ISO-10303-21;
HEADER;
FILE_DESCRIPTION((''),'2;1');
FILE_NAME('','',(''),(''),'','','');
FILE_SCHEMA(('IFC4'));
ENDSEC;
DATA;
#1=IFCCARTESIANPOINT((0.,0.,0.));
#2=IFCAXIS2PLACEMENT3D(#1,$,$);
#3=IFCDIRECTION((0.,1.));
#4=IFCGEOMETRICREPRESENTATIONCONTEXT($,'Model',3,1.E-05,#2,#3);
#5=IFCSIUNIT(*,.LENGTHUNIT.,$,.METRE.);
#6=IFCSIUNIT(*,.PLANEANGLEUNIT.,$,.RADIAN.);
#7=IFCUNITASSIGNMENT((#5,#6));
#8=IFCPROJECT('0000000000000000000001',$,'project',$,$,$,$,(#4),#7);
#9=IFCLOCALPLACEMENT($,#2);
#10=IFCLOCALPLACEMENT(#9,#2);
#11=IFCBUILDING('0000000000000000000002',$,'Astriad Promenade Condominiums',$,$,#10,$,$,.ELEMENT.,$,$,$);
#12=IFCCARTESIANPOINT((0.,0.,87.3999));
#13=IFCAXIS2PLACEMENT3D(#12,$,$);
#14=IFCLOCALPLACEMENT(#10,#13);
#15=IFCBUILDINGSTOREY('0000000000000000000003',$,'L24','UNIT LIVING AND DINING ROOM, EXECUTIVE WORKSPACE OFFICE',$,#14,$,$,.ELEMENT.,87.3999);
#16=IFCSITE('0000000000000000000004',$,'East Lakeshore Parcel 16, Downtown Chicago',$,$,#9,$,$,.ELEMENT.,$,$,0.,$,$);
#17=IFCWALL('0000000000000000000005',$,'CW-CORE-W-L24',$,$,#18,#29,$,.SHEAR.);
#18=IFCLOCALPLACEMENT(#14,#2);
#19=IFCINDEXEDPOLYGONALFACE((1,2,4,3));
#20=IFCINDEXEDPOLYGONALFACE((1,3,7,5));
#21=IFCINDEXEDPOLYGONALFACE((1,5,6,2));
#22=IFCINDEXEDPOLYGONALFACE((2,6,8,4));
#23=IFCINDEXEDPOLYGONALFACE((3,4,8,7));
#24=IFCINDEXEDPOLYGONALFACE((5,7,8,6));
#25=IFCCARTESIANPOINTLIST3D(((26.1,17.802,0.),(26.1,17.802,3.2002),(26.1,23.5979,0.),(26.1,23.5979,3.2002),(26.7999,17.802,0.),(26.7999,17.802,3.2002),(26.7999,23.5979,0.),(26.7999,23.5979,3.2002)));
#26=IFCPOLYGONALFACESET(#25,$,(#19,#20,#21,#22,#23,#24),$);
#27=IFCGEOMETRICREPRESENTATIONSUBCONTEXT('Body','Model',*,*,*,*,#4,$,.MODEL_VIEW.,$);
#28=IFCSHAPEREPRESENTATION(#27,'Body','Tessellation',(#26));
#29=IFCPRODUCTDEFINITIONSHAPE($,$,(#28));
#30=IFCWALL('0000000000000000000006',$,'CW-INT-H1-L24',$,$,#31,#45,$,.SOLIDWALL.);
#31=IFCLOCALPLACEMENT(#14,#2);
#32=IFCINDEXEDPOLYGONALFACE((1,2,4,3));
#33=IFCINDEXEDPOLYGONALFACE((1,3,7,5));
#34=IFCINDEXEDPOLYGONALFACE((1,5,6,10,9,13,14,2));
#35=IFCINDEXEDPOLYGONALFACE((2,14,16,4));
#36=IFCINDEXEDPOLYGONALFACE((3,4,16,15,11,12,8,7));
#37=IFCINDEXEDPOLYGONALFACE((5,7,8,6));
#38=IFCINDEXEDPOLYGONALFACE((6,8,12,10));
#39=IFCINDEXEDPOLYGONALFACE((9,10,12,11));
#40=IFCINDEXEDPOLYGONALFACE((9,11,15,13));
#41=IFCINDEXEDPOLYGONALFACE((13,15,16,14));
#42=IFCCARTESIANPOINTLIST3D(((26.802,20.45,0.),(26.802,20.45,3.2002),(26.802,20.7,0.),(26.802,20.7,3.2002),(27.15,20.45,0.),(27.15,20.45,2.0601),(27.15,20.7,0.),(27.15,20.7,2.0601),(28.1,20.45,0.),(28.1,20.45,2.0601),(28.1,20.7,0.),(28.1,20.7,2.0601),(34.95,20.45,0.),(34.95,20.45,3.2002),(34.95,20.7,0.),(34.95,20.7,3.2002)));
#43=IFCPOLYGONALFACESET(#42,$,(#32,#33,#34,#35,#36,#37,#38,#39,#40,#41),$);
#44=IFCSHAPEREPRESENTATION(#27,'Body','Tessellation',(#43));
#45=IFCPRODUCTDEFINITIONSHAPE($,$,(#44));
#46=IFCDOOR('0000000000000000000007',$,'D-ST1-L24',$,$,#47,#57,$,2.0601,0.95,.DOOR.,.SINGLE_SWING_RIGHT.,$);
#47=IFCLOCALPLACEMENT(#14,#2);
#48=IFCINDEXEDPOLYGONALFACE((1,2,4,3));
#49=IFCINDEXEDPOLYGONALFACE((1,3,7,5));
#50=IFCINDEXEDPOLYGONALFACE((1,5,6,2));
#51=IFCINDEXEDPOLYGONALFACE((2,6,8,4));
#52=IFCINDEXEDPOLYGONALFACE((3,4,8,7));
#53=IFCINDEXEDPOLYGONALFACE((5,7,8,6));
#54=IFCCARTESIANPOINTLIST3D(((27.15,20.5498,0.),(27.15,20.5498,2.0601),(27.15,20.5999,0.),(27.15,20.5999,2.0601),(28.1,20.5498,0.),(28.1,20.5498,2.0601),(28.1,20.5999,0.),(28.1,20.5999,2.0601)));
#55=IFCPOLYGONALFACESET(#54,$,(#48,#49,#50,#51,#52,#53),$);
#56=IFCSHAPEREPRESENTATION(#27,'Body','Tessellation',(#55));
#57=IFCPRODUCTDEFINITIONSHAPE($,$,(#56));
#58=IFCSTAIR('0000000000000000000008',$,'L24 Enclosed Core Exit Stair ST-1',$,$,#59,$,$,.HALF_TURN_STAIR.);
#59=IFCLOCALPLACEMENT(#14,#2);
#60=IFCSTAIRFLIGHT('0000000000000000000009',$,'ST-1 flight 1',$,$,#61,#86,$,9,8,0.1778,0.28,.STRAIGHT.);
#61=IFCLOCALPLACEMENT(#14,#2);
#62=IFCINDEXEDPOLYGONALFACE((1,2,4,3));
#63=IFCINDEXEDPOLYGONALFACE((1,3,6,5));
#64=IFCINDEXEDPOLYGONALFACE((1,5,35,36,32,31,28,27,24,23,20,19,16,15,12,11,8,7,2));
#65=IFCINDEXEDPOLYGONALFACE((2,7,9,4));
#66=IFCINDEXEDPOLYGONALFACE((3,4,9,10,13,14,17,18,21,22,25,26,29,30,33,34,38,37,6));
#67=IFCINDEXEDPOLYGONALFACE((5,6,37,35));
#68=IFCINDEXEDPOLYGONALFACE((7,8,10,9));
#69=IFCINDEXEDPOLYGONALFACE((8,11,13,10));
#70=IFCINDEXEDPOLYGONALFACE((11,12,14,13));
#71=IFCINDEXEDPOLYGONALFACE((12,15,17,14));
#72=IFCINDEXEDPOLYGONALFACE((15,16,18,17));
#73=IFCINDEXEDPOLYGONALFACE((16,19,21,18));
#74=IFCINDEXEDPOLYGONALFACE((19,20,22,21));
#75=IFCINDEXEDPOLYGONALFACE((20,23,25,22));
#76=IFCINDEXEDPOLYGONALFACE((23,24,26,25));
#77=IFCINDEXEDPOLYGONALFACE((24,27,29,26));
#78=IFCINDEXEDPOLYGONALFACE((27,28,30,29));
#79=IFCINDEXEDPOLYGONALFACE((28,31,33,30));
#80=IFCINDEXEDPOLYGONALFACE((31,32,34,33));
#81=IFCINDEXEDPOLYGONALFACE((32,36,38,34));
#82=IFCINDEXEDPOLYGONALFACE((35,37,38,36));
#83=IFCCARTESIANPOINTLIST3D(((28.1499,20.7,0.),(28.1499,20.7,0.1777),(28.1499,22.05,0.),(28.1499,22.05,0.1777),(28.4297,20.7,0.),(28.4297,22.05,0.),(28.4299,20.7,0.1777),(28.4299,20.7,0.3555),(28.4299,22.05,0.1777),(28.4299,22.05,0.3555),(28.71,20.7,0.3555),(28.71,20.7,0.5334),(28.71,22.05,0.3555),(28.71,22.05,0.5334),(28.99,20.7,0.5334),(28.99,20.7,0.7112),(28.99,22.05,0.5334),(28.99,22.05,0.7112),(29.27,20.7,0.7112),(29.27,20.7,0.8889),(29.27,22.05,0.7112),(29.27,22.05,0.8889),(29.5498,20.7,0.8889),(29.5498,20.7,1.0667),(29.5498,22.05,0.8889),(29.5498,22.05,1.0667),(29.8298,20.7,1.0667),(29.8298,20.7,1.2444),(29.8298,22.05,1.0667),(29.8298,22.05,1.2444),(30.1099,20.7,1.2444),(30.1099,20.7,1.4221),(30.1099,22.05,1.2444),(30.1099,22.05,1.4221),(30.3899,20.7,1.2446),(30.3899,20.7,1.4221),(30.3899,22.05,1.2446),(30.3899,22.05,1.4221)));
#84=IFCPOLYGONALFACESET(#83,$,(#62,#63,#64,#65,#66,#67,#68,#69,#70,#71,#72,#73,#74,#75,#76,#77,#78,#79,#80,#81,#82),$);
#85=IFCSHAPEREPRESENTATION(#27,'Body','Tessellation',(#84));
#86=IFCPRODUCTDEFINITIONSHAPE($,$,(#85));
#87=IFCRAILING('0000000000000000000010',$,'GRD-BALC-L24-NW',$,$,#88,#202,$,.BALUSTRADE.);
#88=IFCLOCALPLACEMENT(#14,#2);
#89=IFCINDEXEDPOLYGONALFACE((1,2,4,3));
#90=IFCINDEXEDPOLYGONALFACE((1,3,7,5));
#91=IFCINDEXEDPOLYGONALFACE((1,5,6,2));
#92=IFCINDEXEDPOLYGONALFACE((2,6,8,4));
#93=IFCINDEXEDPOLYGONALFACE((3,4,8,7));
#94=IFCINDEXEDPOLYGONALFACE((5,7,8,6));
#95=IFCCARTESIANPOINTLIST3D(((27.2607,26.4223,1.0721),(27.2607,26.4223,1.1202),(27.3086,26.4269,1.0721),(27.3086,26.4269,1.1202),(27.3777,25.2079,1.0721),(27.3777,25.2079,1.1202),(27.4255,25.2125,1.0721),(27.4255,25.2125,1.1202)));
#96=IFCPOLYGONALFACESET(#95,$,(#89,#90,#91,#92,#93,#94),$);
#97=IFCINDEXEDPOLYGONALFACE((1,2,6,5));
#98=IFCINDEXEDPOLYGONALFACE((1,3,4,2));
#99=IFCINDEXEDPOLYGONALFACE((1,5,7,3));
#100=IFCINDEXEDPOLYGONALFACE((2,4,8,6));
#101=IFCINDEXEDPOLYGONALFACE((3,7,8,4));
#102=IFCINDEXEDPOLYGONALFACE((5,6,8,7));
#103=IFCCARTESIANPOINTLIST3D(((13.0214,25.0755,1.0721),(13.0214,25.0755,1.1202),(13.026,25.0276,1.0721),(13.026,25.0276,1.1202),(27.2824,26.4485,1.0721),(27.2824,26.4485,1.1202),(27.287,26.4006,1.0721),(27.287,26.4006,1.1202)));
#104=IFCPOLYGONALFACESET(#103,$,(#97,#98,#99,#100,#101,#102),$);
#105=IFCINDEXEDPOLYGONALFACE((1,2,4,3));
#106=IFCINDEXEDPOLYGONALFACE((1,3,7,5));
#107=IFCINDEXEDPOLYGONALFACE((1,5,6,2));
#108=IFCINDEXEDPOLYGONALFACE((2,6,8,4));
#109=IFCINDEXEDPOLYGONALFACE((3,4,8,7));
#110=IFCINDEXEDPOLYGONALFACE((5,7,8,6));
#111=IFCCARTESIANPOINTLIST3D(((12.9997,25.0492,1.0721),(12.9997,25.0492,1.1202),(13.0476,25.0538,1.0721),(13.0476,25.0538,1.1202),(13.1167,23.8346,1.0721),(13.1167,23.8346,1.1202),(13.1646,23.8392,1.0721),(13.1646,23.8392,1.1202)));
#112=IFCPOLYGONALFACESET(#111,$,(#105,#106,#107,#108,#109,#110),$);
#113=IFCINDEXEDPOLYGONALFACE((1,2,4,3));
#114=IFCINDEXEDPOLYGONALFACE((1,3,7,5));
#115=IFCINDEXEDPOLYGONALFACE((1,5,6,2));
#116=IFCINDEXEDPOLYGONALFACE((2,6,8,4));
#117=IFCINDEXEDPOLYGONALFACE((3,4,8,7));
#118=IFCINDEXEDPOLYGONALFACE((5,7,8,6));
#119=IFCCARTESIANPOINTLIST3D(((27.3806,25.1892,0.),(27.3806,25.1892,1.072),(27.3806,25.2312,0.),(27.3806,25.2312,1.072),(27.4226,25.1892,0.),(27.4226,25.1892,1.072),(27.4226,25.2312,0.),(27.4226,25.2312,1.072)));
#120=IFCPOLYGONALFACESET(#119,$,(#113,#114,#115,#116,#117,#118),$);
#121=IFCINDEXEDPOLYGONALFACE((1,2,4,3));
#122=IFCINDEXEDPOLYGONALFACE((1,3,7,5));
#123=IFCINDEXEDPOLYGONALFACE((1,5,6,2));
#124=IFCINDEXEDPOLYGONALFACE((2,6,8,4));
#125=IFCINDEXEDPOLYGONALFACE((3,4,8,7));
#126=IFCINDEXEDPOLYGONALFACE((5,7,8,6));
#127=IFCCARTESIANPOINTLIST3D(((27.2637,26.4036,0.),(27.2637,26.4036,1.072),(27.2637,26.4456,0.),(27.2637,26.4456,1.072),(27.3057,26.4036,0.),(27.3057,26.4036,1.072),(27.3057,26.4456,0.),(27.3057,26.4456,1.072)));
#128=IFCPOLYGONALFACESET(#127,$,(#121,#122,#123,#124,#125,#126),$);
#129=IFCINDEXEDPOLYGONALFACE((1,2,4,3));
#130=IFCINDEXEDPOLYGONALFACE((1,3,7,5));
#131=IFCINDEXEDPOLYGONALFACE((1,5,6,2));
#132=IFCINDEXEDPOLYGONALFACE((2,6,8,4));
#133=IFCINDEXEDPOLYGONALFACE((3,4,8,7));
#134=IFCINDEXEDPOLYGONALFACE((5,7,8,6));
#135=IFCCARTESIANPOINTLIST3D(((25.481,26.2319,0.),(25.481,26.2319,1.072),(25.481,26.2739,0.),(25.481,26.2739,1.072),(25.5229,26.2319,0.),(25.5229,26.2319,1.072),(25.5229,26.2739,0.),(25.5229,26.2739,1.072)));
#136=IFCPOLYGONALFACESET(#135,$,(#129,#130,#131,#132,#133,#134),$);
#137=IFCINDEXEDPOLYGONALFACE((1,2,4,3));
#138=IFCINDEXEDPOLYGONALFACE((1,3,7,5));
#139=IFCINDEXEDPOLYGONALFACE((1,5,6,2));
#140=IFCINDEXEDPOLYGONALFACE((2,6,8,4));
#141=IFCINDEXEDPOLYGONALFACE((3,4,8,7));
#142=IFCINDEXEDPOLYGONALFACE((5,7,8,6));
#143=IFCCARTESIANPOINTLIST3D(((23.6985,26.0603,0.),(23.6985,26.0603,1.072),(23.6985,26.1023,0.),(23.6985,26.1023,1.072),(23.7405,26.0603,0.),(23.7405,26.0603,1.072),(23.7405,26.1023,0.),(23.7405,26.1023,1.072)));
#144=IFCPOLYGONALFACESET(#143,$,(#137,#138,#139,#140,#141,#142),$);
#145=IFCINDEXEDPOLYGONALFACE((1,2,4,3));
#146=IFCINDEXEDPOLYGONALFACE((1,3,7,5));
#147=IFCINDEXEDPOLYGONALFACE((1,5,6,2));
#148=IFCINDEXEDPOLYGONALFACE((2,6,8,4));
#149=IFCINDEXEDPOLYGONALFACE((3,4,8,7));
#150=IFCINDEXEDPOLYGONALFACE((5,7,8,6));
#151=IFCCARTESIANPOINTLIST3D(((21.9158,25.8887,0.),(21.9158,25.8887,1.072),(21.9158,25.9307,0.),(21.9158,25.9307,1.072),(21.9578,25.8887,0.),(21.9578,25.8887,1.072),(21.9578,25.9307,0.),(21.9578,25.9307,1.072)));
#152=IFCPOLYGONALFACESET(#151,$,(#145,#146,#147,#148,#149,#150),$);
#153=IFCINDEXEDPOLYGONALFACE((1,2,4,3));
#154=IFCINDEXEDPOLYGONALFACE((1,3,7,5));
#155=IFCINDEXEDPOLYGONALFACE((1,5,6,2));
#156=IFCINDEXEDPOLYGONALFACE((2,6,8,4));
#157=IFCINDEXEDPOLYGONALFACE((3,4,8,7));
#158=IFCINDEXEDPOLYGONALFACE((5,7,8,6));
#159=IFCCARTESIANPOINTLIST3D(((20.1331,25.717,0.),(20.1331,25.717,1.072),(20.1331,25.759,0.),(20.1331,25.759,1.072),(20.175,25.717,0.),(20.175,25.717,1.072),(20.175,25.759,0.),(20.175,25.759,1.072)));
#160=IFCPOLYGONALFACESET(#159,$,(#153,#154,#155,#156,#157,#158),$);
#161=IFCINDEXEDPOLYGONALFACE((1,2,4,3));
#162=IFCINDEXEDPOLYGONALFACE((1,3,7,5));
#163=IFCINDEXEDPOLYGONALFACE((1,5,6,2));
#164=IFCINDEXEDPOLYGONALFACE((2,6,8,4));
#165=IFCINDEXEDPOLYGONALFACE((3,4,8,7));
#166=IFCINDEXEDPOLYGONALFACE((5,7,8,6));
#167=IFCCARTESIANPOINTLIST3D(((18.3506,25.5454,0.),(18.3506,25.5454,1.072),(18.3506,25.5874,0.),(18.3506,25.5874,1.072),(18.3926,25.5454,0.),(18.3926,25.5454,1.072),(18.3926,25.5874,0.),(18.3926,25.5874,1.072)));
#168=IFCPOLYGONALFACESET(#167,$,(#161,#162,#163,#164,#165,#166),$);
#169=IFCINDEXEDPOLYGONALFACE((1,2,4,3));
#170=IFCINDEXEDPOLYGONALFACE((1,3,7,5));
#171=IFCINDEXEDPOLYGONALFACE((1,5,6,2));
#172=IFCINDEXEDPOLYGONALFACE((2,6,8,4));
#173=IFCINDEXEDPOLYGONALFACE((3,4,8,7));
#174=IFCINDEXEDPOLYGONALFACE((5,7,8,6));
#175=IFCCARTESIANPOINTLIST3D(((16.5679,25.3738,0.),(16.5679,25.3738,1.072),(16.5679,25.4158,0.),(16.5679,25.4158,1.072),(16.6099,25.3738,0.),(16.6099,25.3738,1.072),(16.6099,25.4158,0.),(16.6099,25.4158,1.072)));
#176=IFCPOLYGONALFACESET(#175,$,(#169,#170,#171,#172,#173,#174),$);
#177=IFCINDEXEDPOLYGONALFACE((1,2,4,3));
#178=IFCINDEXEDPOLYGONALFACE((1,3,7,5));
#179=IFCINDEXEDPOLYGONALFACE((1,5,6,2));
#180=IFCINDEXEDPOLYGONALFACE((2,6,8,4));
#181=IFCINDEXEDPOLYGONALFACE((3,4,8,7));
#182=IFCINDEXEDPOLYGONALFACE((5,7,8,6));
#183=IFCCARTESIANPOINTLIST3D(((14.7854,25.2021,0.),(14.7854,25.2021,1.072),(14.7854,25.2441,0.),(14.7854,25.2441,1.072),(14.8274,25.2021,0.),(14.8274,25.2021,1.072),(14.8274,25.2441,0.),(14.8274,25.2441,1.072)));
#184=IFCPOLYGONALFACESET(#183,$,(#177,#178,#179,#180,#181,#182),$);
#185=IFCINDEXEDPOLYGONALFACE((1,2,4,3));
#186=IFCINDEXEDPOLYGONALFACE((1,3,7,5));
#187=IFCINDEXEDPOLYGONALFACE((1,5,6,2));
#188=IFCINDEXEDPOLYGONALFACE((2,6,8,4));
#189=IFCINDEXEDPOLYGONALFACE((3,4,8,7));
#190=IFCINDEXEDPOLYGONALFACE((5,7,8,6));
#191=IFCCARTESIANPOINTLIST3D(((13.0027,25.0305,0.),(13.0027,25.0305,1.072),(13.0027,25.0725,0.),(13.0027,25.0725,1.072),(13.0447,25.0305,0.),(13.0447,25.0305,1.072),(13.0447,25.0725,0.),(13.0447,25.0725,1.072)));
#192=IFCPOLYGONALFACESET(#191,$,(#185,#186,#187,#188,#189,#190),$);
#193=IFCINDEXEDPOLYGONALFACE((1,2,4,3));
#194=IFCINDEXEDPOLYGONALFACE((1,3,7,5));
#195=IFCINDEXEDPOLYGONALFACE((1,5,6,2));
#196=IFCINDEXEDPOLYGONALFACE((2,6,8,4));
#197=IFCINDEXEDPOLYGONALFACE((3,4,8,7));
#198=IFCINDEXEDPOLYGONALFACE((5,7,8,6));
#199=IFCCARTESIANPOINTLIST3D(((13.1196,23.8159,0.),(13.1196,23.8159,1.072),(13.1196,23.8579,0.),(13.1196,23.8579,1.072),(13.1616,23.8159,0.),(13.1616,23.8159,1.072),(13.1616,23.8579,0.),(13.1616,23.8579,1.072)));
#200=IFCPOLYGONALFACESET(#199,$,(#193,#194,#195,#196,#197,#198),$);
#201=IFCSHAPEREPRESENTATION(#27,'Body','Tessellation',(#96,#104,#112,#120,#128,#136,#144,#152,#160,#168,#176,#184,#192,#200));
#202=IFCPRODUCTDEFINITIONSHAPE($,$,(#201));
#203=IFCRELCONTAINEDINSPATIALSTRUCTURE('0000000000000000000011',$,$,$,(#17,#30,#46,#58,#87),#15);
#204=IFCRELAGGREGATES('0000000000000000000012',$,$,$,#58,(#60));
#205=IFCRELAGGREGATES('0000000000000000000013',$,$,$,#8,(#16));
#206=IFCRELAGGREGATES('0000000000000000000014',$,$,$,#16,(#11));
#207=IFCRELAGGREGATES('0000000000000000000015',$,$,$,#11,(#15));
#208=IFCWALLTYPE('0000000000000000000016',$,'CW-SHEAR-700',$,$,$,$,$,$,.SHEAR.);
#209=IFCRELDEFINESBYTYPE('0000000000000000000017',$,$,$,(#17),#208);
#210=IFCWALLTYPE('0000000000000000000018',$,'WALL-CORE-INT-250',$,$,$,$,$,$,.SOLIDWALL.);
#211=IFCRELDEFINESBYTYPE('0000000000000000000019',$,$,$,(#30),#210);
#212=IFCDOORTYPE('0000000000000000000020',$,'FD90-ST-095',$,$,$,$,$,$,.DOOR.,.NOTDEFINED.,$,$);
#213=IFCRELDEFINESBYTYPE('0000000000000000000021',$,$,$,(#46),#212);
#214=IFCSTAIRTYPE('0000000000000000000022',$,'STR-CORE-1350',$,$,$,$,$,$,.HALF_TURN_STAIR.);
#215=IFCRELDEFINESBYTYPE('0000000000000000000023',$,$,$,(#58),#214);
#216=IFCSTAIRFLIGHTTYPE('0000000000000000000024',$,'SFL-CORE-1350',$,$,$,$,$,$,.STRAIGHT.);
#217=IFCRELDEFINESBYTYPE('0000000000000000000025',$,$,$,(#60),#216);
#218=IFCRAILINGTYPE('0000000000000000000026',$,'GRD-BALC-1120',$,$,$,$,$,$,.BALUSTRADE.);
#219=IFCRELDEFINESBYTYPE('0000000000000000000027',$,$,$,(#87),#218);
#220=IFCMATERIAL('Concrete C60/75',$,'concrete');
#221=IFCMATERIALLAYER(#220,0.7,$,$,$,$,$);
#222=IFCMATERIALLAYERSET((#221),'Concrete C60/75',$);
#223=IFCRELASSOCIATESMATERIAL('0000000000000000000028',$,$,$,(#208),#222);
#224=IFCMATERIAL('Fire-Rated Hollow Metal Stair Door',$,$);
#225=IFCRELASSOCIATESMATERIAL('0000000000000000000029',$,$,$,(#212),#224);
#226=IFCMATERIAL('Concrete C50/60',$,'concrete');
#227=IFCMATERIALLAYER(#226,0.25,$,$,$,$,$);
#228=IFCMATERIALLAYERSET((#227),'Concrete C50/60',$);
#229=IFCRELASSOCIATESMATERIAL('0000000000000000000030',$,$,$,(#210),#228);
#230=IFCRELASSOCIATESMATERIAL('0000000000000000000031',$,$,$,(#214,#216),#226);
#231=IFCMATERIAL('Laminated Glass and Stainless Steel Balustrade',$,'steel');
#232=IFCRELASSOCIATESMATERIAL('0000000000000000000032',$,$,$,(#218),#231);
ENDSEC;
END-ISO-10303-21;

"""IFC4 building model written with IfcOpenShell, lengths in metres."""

from ifc_helpers import new_model, si_unit, direction, frame, frame_2d, origin, origin_2d, place, context, subcontext, project, spatial, polyline, rectangle, outline, extrude, source, transform, mapped, material, layer, layer_set, type_object, type_shapes, element, fill, aggregate, save


model = new_model("IFC4")

# Units and contexts
model_context = context("Model", 3, precision=1e-05, world=origin(), true_north=direction((0.0, 1.0)))
body_context = subcontext(model_context, "Body", "Model", "MODEL_VIEW")
ifc_project = project(units=[si_unit("LENGTHUNIT", "METRE"), si_unit("PLANEANGLEUNIT", "RADIAN")], contexts=[model_context])

# Site, building, storey
site_placement = place(None, origin())
site = spatial("IfcSite", under=ifc_project, at=site_placement, Name="East Lakeshore Parcel 16, Downtown Chicago", CompositionType="ELEMENT", RefElevation=0.0)
building_placement = place(site_placement, origin())
building = spatial("IfcBuilding", under=site, at=building_placement, Name="Astriad Promenade Condominiums", CompositionType="ELEMENT")
storey_placement = place(building_placement, frame((0.0, 0.0, 87.3999)))
storey = spatial("IfcBuildingStorey", under=building, at=storey_placement, Name="L24", Description="UNIT LIVING AND DINING ROOM, EXECUTIVE WORKSPACE OFFICE", CompositionType="ELEMENT", Elevation=87.3999)

# Shared definitions
ifc_material_1 = material(Name="Concrete C60/75", Category="concrete")

# Shared definitions
ifc_layer_1 = layer(ifc_material_1, 0.7)
ifc_layer_set_1 = layer_set([ifc_layer_1], Name="Concrete C60/75")
wall_type_1 = type_object("IfcWallType", Name="CW-SHEAR-700", PredefinedType="SHEAR", material=ifc_layer_set_1)
ifc_material_2 = material(Name="Fire-Rated Hollow Metal Stair Door")
door_type_1 = type_object("IfcDoorType", Name="FD90-ST-095", OperationType="NOTDEFINED", PredefinedType="DOOR", material=ifc_material_2)
shared_shape_1 = source(origin(), body_context, "Body", "SweptSolid", [
    extrude(rectangle(XDim=0.95, YDim=2.0601, at=frame_2d((0.4751, 1.03))), frame((0.0, 0.0249, 0.0), z_axis=(0.0, -1.0, 0.0), x_axis=(1.0, 0.0, 0.0)), (0.0, 0.0, 1.0), 0.05),
])
type_shapes(door_type_1, [shared_shape_1])

# Wall
wall_1_placement = place(storey_placement, frame((26.45, 17.802, 0.0), z_axis=(0.0, 0.0, 1.0), x_axis=(0.0, 1.0, 0.0)))
element("IfcWall", 1, at=wall_1_placement, inside=storey, type_object=wall_type_1, Name="CW-CORE-W-L24", PredefinedType="SHEAR", context=body_context, shape_type="SweptSolid", body=[
    extrude(rectangle(XDim=5.7959, YDim=0.7, at=frame_2d((2.8979, 0.0))), origin(), (0.0, 0.0, 1.0), 3.2002),
])

# Wall, opening, door
ifc_material_3 = material(Name="Concrete C50/60", Category="concrete")
ifc_layer_2 = layer(ifc_material_3, 0.25)
ifc_layer_set_2 = layer_set([ifc_layer_2], Name="Concrete C50/60")
wall_type_2 = type_object("IfcWallType", Name="WALL-CORE-INT-250", PredefinedType="SOLIDWALL", material=ifc_layer_set_2)
wall_2_placement = place(storey_placement, frame((26.802, 20.575, 0.0), z_axis=(0.0, 0.0, 1.0), x_axis=(1.0, 0.0, 0.0)))
wall_2 = element("IfcWall", 2, at=wall_2_placement, inside=storey, type_object=wall_type_2, Name="CW-INT-H1-L24", PredefinedType="SOLIDWALL", context=body_context, shape_type="SweptSolid", body=[
    extrude(rectangle(XDim=8.1479, YDim=0.25, at=frame_2d((4.074, 0.0))), origin(), (0.0, 0.0, 1.0), 3.2002),
])
opening_1_placement = place(wall_2_placement, frame((0.3479, 0.0, 0.0)))
opening_1 = element("IfcOpeningElement", 3, at=opening_1_placement, cuts=wall_2, PredefinedType="OPENING", context=body_context, shape_type="SweptSolid", body=[
    extrude(rectangle(XDim=0.95, YDim=2.0601, at=frame_2d((0.4751, 1.03))), frame((0.0, 0.135, 0.0), z_axis=(0.0, -1.0, 0.0), x_axis=(1.0, 0.0, 0.0)), (0.0, 0.0, 1.0), 0.27),
])
door_1_placement = place(opening_1_placement, origin())
door_1 = element("IfcDoor", 4, at=door_1_placement, inside=storey, type_object=door_type_1, Name="D-ST1-L24", OperationType="SINGLE_SWING_RIGHT", OverallHeight=2.0601, OverallWidth=0.95, PredefinedType="DOOR", context=body_context, shape_type="MappedRepresentation", body=[
    mapped(shared_shape_1, transform((0.0, 0.0, 0.0), scale=1.0)),
])
fill(opening_1, door_1)

# Stair, stair flight
stair_type = type_object("IfcStairType", Name="STR-CORE-1350", PredefinedType="HALF_TURN_STAIR", material=ifc_material_3)
stair_placement = place(storey_placement, origin())
stair = element("IfcStair", 5, at=stair_placement, inside=storey, type_object=stair_type, Name="L24 Enclosed Core Exit Stair ST-1", PredefinedType="HALF_TURN_STAIR")
stair_flight_type = type_object("IfcStairFlightType", Name="SFL-CORE-1350", PredefinedType="STRAIGHT", material=ifc_material_3)
shared_shape_2 = source(origin(), body_context, "Body", "SweptSolid", [
    extrude(outline(polyline([(0.0, 0.0), (0.0, 0.1777), (0.28, 0.1777), (0.28, 0.3555), (0.5601, 0.3555), (0.5601, 0.5334), (0.8401, 0.5334), (0.8401, 0.7112), (1.1201, 0.7112), (1.1201, 0.8889), (1.3999, 0.8889), (1.3999, 1.0667), (1.6799, 1.0667), (1.6799, 1.2444), (1.96, 1.2444), (1.96, 1.4221), (2.24, 1.4221), (2.24, 1.6001), (2.24, 1.2446), (0.2798, 0.0), (0.0, 0.0)])), frame((0.0, 0.675, 0.0), z_axis=(0.0, -1.0, 0.0), x_axis=(1.0, 0.0, 0.0)), (0.0, 0.0, 1.0), 1.3501),
])
type_shapes(stair_flight_type, [shared_shape_2])
stair_flight_placement = place(storey_placement, frame((28.1499, 21.375, 0.0), z_axis=(0.0, 0.0, 1.0), x_axis=(1.0, 0.0, 0.0)))
stair_flight = element("IfcStairFlight", 6, at=stair_flight_placement, type_object=stair_flight_type, Name="ST-1 flight 1", NumberOfRisers=9, NumberOfTreads=8, PredefinedType="STRAIGHT", RiserHeight=0.1778, TreadLength=0.28, context=body_context, shape_type="MappedRepresentation", body=[
    mapped(shared_shape_2, transform((0.0, 0.0, 0.0), scale=1.0)),
])
aggregate(stair, [stair_flight])

# Railing
ifc_material_4 = material(Name="Laminated Glass and Stainless Steel Balustrade", Category="steel")
railing_type_1 = type_object("IfcRailingType", Name="GRD-BALC-1120", PredefinedType="BALUSTRADE", material=ifc_material_4)
shared_shape_3 = source(origin(), body_context, "Body", "SweptSolid", [
    extrude(rectangle(XDim=0.0481, YDim=0.0481, at=origin_2d()), frame((0.0, 0.0, 1.0962), z_axis=(-0.095857, 0.995395, 0.0), x_axis=(-0.995395, -0.095857, 0.0)), (0.0, 0.0, 1.0), 1.22),
    extrude(rectangle(XDim=0.0481, YDim=0.0481, at=origin_2d()), frame((-0.1169, 1.2144, 1.0962), z_axis=(-0.995397, -0.095837, 0.0), x_axis=(0.095837, -0.995397, 0.0)), (0.0, 0.0, 1.0), 14.3269),
    extrude(rectangle(XDim=0.0481, YDim=0.0481, at=origin_2d()), frame((-14.3779, -0.1587, 1.0962), z_axis=(0.095838, -0.995397, 0.0), x_axis=(0.995397, 0.095838, 0.0)), (0.0, 0.0, 1.0), 1.2202),
    extrude(rectangle(XDim=0.042, YDim=0.042, at=origin_2d()), origin(), (0.0, 0.0, 1.0), 1.072),
    extrude(rectangle(XDim=0.042, YDim=0.042, at=origin_2d()), frame((-0.1169, 1.2144, 0.0)), (0.0, 0.0, 1.0), 1.072),
    extrude(rectangle(XDim=0.042, YDim=0.042, at=origin_2d()), frame((-1.8997, 1.0427, 0.0)), (0.0, 0.0, 1.0), 1.072),
    extrude(rectangle(XDim=0.042, YDim=0.042, at=origin_2d()), frame((-3.6821, 0.8711, 0.0)), (0.0, 0.0, 1.0), 1.072),
    extrude(rectangle(XDim=0.042, YDim=0.042, at=origin_2d()), frame((-5.4648, 0.6995, 0.0)), (0.0, 0.0, 1.0), 1.072),
    extrude(rectangle(XDim=0.042, YDim=0.042, at=origin_2d()), frame((-7.2476, 0.5278, 0.0)), (0.0, 0.0, 1.0), 1.072),
    extrude(rectangle(XDim=0.042, YDim=0.042, at=origin_2d()), frame((-9.03, 0.3562, 0.0)), (0.0, 0.0, 1.0), 1.072),
    extrude(rectangle(XDim=0.042, YDim=0.042, at=origin_2d()), frame((-10.8127, 0.1846, 0.0)), (0.0, 0.0, 1.0), 1.072),
    extrude(rectangle(XDim=0.042, YDim=0.042, at=origin_2d()), frame((-12.5952, 0.0129, 0.0)), (0.0, 0.0, 1.0), 1.072),
    extrude(rectangle(XDim=0.042, YDim=0.042, at=origin_2d()), frame((-14.3779, -0.1587, 0.0)), (0.0, 0.0, 1.0), 1.072),
    extrude(rectangle(XDim=0.042, YDim=0.042, at=origin_2d()), frame((-14.261, -1.3733, 0.0)), (0.0, 0.0, 1.0), 1.072),
])
type_shapes(railing_type_1, [shared_shape_3])
railing_1_placement = place(storey_placement, frame((27.4016, 25.2102, 0.0)))
element("IfcRailing", 7, at=railing_1_placement, inside=storey, type_object=railing_type_1, Name="GRD-BALC-L24-NW", PredefinedType="BALUSTRADE", context=body_context, shape_type="MappedRepresentation", body=[
    mapped(shared_shape_3, transform((0.0, 0.0, 0.0), scale=1.0)),
])

save(model, "model.ifc")
